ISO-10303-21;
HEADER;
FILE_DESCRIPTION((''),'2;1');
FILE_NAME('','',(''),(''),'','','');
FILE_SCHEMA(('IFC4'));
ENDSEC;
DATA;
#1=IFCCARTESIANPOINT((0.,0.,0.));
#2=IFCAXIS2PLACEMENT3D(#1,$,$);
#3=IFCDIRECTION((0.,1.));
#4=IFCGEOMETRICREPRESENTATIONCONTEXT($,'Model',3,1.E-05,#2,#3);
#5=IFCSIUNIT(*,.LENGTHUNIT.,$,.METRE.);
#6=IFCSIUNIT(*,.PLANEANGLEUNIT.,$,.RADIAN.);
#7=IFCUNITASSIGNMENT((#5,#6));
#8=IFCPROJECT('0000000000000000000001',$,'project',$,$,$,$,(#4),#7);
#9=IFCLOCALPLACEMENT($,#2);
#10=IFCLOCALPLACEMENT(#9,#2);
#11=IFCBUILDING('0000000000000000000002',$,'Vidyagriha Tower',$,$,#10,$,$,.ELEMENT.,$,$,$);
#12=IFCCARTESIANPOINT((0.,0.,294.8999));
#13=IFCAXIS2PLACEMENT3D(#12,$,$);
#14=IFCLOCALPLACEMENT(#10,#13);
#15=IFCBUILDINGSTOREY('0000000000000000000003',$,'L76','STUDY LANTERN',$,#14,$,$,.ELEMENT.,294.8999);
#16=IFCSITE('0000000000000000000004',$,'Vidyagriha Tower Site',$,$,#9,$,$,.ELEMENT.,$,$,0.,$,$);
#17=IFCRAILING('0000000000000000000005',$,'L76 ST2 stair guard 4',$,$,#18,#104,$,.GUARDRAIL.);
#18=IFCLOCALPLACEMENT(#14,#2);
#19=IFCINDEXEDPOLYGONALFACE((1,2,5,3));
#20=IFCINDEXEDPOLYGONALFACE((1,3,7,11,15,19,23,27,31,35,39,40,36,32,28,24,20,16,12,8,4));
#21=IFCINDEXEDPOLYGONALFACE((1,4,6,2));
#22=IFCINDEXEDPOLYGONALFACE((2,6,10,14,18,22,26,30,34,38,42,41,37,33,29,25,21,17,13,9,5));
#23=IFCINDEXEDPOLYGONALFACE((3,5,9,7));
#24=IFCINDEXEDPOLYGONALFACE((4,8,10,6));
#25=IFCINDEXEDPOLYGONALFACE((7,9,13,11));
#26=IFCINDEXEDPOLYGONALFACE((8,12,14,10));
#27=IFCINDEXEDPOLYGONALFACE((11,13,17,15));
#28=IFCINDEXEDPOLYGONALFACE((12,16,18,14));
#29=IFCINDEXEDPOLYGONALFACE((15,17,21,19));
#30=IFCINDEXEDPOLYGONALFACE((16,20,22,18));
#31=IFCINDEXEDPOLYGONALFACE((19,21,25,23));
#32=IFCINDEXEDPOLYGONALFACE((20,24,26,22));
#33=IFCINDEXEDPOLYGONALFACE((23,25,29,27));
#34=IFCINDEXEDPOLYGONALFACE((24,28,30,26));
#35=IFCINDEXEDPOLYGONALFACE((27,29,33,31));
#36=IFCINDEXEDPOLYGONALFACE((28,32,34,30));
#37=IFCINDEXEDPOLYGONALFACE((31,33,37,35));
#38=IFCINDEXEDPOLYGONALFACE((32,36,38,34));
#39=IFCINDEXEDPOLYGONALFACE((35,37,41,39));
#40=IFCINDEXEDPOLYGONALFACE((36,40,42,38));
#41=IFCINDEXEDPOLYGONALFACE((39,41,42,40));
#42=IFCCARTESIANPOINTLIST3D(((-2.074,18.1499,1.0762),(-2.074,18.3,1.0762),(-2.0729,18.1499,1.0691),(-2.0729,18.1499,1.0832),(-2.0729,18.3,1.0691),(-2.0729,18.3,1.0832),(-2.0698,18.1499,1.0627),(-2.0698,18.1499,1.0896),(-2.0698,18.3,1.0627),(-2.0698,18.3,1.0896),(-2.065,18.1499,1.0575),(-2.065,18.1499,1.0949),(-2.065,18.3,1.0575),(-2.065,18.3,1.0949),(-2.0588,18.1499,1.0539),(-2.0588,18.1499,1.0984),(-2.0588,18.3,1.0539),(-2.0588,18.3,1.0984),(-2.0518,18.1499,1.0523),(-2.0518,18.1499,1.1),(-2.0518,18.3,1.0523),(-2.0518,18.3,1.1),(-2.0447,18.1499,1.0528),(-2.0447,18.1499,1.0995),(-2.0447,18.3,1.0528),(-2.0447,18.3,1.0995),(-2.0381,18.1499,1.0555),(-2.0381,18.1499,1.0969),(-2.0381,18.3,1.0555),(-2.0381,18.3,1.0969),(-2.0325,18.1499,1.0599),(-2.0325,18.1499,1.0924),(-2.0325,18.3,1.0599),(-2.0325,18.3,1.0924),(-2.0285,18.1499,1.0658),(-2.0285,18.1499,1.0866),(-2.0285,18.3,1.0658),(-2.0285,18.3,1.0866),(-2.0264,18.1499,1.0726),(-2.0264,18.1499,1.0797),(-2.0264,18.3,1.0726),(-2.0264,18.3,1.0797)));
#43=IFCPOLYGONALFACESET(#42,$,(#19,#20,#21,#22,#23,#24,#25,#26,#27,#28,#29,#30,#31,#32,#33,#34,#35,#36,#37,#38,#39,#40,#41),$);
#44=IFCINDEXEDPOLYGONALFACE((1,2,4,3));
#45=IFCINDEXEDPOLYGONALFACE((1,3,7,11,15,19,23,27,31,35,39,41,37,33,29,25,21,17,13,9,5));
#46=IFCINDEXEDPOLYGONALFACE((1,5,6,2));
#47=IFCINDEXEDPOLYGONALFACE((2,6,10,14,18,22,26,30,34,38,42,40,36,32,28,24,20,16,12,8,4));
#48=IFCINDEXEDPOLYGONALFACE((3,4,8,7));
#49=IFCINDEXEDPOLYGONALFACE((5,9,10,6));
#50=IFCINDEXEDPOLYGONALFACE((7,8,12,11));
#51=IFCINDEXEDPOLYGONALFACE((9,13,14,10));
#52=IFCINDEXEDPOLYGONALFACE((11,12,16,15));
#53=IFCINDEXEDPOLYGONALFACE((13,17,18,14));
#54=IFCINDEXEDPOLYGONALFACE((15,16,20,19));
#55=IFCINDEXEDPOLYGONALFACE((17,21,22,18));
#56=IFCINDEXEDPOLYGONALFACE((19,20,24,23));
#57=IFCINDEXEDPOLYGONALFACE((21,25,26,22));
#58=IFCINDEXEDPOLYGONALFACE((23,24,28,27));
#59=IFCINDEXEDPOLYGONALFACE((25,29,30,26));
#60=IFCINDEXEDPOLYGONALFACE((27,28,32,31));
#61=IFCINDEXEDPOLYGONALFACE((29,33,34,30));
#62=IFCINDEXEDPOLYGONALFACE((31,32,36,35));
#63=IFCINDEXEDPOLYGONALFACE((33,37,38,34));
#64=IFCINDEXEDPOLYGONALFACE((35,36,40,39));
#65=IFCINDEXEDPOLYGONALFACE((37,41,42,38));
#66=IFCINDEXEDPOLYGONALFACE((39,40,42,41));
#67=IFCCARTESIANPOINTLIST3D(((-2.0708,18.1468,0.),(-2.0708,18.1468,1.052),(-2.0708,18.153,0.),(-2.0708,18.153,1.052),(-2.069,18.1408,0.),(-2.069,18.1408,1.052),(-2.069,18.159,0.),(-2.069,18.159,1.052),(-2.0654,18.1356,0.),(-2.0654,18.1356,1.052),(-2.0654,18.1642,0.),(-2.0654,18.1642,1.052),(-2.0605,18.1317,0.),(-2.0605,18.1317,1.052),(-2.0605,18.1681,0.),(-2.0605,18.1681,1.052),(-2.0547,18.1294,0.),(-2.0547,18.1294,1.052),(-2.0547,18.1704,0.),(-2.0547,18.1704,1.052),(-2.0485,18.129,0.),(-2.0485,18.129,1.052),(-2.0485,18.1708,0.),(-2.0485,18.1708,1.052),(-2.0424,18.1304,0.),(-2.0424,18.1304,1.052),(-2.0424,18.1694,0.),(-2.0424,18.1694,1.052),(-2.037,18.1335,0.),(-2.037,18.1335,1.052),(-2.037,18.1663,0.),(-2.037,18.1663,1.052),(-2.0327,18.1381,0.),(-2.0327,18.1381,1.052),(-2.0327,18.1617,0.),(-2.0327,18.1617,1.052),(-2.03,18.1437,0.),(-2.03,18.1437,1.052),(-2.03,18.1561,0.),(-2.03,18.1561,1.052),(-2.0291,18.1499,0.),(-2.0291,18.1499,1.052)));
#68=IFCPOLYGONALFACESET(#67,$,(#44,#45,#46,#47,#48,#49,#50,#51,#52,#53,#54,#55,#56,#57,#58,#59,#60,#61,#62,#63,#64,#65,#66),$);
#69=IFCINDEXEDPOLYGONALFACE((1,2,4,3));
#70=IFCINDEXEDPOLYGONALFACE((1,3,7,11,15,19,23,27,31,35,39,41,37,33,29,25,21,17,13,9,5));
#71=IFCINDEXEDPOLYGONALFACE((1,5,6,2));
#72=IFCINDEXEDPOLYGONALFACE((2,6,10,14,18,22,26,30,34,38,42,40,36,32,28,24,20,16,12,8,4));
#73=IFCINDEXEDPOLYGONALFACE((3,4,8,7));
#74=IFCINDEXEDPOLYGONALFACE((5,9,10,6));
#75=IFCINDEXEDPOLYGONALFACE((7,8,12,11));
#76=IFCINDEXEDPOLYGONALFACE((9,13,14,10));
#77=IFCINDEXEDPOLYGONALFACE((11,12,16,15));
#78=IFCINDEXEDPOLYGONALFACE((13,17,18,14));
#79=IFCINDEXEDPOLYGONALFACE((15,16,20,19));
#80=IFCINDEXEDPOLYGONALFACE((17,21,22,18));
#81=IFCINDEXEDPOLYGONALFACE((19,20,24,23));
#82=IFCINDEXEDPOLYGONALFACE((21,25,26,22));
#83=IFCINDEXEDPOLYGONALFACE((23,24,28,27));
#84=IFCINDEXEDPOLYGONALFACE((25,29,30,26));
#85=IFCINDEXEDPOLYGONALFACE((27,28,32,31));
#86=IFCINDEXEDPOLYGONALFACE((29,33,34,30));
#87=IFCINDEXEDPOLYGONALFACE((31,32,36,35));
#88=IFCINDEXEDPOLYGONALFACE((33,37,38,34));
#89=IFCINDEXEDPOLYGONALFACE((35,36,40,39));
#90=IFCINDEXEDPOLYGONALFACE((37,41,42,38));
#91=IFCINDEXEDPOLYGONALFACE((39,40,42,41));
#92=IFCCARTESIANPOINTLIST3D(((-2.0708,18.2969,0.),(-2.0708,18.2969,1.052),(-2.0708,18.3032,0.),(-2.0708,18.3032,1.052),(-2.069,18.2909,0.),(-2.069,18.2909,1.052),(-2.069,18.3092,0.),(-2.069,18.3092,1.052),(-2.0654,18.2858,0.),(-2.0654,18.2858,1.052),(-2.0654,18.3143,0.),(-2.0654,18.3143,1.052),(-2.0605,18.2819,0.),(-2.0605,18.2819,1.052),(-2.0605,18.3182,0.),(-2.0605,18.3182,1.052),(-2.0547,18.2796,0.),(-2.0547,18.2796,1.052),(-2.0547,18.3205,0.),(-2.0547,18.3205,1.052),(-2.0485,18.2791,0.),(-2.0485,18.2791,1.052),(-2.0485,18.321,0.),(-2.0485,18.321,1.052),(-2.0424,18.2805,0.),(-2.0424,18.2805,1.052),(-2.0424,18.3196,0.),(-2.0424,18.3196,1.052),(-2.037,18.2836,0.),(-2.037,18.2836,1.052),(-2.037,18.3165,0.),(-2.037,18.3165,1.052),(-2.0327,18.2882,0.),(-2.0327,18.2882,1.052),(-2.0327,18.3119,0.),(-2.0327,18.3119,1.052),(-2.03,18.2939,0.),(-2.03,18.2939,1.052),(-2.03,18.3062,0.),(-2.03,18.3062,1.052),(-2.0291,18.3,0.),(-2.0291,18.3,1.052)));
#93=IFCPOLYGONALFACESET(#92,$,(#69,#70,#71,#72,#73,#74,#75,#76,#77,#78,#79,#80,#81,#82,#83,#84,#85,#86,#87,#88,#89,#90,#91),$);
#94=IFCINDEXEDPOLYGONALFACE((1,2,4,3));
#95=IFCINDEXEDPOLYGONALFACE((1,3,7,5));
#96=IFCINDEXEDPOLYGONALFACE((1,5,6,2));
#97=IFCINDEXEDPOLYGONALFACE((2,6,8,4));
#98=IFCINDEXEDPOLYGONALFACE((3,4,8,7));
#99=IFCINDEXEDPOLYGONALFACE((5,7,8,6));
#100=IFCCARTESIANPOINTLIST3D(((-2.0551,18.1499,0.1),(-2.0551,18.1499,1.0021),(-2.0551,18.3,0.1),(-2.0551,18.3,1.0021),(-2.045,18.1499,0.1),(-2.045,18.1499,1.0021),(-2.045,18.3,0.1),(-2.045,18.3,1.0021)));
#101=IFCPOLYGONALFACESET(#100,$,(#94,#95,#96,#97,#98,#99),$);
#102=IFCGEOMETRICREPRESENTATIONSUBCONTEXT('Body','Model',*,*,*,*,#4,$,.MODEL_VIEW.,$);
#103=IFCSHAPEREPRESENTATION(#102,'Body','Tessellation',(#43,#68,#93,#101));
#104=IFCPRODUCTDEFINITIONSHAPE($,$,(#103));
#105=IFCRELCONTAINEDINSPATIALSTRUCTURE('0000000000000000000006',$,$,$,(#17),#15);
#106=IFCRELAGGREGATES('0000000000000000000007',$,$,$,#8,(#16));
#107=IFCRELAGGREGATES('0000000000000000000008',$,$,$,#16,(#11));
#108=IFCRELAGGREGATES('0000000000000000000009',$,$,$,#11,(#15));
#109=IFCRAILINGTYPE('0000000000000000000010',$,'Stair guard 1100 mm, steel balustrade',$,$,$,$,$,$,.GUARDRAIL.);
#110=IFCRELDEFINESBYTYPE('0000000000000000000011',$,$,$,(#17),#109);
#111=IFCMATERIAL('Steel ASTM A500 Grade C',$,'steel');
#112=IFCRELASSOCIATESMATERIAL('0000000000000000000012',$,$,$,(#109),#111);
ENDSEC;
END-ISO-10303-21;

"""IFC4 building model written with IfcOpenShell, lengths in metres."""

from ifc_helpers import new_model, si_unit, direction, frame, origin, origin_2d, place, context, subcontext, project, spatial, rectangle, circle, extrude, material, type_object, element, save


model = new_model("IFC4")

# Units and contexts
model_context = context("Model", 3, precision=1e-05, world=origin(), true_north=direction((0.0, 1.0)))
body_context = subcontext(model_context, "Body", "Model", "MODEL_VIEW")
ifc_project = project(units=[si_unit("LENGTHUNIT", "METRE"), si_unit("PLANEANGLEUNIT", "RADIAN")], contexts=[model_context])

# Site, building, storey
site_placement = place(None, origin())
site = spatial("IfcSite", under=ifc_project, at=site_placement, Name="Vidyagriha Tower Site", CompositionType="ELEMENT", RefElevation=0.0)
building_placement = place(site_placement, origin())
building = spatial("IfcBuilding", under=site, at=building_placement, Name="Vidyagriha Tower", CompositionType="ELEMENT")
storey_placement = place(building_placement, frame((0.0, 0.0, 294.8999)))
storey = spatial("IfcBuildingStorey", under=building, at=storey_placement, Name="L76", Description="STUDY LANTERN", CompositionType="ELEMENT", Elevation=294.8999)

# Railing
ifc_material_1 = material(Name="Steel ASTM A500 Grade C", Category="steel")
railing_type_1 = type_object("IfcRailingType", Name="Stair guard 1100 mm, steel balustrade", PredefinedType="GUARDRAIL", material=ifc_material_1)
railing_1_placement = place(storey_placement, frame((-2.05, 18.1499, 0.0)))
element("IfcRailing", 1, at=railing_1_placement, inside=storey, type_object=railing_type_1, Name="L76 ST2 stair guard 4", PredefinedType="GUARDRAIL", context=body_context, shape_type="SweptSolid", body=[
    extrude(circle(Radius=0.0239, at=origin_2d()), frame((0.0, 0.0, 1.0762), z_axis=(0.0, 1.0, 0.0), x_axis=(-1.0, 0.0, 0.0)), (0.0, 0.0, 1.0), 0.1501),
    extrude(circle(Radius=0.021, at=origin_2d()), origin(), (0.0, 0.0, 1.0), 1.052),
    extrude(circle(Radius=0.021, at=origin_2d()), frame((0.0, 0.1501, 0.0)), (0.0, 0.0, 1.0), 1.052),
    extrude(rectangle(XDim=0.01, YDim=0.9021, at=origin_2d()), frame((0.0, 0.0, 0.551), z_axis=(0.0, 1.0, 0.0), x_axis=(-1.0, 0.0, 0.0)), (0.0, 0.0, 1.0), 0.1501),
])

save(model, "model.ifc")
